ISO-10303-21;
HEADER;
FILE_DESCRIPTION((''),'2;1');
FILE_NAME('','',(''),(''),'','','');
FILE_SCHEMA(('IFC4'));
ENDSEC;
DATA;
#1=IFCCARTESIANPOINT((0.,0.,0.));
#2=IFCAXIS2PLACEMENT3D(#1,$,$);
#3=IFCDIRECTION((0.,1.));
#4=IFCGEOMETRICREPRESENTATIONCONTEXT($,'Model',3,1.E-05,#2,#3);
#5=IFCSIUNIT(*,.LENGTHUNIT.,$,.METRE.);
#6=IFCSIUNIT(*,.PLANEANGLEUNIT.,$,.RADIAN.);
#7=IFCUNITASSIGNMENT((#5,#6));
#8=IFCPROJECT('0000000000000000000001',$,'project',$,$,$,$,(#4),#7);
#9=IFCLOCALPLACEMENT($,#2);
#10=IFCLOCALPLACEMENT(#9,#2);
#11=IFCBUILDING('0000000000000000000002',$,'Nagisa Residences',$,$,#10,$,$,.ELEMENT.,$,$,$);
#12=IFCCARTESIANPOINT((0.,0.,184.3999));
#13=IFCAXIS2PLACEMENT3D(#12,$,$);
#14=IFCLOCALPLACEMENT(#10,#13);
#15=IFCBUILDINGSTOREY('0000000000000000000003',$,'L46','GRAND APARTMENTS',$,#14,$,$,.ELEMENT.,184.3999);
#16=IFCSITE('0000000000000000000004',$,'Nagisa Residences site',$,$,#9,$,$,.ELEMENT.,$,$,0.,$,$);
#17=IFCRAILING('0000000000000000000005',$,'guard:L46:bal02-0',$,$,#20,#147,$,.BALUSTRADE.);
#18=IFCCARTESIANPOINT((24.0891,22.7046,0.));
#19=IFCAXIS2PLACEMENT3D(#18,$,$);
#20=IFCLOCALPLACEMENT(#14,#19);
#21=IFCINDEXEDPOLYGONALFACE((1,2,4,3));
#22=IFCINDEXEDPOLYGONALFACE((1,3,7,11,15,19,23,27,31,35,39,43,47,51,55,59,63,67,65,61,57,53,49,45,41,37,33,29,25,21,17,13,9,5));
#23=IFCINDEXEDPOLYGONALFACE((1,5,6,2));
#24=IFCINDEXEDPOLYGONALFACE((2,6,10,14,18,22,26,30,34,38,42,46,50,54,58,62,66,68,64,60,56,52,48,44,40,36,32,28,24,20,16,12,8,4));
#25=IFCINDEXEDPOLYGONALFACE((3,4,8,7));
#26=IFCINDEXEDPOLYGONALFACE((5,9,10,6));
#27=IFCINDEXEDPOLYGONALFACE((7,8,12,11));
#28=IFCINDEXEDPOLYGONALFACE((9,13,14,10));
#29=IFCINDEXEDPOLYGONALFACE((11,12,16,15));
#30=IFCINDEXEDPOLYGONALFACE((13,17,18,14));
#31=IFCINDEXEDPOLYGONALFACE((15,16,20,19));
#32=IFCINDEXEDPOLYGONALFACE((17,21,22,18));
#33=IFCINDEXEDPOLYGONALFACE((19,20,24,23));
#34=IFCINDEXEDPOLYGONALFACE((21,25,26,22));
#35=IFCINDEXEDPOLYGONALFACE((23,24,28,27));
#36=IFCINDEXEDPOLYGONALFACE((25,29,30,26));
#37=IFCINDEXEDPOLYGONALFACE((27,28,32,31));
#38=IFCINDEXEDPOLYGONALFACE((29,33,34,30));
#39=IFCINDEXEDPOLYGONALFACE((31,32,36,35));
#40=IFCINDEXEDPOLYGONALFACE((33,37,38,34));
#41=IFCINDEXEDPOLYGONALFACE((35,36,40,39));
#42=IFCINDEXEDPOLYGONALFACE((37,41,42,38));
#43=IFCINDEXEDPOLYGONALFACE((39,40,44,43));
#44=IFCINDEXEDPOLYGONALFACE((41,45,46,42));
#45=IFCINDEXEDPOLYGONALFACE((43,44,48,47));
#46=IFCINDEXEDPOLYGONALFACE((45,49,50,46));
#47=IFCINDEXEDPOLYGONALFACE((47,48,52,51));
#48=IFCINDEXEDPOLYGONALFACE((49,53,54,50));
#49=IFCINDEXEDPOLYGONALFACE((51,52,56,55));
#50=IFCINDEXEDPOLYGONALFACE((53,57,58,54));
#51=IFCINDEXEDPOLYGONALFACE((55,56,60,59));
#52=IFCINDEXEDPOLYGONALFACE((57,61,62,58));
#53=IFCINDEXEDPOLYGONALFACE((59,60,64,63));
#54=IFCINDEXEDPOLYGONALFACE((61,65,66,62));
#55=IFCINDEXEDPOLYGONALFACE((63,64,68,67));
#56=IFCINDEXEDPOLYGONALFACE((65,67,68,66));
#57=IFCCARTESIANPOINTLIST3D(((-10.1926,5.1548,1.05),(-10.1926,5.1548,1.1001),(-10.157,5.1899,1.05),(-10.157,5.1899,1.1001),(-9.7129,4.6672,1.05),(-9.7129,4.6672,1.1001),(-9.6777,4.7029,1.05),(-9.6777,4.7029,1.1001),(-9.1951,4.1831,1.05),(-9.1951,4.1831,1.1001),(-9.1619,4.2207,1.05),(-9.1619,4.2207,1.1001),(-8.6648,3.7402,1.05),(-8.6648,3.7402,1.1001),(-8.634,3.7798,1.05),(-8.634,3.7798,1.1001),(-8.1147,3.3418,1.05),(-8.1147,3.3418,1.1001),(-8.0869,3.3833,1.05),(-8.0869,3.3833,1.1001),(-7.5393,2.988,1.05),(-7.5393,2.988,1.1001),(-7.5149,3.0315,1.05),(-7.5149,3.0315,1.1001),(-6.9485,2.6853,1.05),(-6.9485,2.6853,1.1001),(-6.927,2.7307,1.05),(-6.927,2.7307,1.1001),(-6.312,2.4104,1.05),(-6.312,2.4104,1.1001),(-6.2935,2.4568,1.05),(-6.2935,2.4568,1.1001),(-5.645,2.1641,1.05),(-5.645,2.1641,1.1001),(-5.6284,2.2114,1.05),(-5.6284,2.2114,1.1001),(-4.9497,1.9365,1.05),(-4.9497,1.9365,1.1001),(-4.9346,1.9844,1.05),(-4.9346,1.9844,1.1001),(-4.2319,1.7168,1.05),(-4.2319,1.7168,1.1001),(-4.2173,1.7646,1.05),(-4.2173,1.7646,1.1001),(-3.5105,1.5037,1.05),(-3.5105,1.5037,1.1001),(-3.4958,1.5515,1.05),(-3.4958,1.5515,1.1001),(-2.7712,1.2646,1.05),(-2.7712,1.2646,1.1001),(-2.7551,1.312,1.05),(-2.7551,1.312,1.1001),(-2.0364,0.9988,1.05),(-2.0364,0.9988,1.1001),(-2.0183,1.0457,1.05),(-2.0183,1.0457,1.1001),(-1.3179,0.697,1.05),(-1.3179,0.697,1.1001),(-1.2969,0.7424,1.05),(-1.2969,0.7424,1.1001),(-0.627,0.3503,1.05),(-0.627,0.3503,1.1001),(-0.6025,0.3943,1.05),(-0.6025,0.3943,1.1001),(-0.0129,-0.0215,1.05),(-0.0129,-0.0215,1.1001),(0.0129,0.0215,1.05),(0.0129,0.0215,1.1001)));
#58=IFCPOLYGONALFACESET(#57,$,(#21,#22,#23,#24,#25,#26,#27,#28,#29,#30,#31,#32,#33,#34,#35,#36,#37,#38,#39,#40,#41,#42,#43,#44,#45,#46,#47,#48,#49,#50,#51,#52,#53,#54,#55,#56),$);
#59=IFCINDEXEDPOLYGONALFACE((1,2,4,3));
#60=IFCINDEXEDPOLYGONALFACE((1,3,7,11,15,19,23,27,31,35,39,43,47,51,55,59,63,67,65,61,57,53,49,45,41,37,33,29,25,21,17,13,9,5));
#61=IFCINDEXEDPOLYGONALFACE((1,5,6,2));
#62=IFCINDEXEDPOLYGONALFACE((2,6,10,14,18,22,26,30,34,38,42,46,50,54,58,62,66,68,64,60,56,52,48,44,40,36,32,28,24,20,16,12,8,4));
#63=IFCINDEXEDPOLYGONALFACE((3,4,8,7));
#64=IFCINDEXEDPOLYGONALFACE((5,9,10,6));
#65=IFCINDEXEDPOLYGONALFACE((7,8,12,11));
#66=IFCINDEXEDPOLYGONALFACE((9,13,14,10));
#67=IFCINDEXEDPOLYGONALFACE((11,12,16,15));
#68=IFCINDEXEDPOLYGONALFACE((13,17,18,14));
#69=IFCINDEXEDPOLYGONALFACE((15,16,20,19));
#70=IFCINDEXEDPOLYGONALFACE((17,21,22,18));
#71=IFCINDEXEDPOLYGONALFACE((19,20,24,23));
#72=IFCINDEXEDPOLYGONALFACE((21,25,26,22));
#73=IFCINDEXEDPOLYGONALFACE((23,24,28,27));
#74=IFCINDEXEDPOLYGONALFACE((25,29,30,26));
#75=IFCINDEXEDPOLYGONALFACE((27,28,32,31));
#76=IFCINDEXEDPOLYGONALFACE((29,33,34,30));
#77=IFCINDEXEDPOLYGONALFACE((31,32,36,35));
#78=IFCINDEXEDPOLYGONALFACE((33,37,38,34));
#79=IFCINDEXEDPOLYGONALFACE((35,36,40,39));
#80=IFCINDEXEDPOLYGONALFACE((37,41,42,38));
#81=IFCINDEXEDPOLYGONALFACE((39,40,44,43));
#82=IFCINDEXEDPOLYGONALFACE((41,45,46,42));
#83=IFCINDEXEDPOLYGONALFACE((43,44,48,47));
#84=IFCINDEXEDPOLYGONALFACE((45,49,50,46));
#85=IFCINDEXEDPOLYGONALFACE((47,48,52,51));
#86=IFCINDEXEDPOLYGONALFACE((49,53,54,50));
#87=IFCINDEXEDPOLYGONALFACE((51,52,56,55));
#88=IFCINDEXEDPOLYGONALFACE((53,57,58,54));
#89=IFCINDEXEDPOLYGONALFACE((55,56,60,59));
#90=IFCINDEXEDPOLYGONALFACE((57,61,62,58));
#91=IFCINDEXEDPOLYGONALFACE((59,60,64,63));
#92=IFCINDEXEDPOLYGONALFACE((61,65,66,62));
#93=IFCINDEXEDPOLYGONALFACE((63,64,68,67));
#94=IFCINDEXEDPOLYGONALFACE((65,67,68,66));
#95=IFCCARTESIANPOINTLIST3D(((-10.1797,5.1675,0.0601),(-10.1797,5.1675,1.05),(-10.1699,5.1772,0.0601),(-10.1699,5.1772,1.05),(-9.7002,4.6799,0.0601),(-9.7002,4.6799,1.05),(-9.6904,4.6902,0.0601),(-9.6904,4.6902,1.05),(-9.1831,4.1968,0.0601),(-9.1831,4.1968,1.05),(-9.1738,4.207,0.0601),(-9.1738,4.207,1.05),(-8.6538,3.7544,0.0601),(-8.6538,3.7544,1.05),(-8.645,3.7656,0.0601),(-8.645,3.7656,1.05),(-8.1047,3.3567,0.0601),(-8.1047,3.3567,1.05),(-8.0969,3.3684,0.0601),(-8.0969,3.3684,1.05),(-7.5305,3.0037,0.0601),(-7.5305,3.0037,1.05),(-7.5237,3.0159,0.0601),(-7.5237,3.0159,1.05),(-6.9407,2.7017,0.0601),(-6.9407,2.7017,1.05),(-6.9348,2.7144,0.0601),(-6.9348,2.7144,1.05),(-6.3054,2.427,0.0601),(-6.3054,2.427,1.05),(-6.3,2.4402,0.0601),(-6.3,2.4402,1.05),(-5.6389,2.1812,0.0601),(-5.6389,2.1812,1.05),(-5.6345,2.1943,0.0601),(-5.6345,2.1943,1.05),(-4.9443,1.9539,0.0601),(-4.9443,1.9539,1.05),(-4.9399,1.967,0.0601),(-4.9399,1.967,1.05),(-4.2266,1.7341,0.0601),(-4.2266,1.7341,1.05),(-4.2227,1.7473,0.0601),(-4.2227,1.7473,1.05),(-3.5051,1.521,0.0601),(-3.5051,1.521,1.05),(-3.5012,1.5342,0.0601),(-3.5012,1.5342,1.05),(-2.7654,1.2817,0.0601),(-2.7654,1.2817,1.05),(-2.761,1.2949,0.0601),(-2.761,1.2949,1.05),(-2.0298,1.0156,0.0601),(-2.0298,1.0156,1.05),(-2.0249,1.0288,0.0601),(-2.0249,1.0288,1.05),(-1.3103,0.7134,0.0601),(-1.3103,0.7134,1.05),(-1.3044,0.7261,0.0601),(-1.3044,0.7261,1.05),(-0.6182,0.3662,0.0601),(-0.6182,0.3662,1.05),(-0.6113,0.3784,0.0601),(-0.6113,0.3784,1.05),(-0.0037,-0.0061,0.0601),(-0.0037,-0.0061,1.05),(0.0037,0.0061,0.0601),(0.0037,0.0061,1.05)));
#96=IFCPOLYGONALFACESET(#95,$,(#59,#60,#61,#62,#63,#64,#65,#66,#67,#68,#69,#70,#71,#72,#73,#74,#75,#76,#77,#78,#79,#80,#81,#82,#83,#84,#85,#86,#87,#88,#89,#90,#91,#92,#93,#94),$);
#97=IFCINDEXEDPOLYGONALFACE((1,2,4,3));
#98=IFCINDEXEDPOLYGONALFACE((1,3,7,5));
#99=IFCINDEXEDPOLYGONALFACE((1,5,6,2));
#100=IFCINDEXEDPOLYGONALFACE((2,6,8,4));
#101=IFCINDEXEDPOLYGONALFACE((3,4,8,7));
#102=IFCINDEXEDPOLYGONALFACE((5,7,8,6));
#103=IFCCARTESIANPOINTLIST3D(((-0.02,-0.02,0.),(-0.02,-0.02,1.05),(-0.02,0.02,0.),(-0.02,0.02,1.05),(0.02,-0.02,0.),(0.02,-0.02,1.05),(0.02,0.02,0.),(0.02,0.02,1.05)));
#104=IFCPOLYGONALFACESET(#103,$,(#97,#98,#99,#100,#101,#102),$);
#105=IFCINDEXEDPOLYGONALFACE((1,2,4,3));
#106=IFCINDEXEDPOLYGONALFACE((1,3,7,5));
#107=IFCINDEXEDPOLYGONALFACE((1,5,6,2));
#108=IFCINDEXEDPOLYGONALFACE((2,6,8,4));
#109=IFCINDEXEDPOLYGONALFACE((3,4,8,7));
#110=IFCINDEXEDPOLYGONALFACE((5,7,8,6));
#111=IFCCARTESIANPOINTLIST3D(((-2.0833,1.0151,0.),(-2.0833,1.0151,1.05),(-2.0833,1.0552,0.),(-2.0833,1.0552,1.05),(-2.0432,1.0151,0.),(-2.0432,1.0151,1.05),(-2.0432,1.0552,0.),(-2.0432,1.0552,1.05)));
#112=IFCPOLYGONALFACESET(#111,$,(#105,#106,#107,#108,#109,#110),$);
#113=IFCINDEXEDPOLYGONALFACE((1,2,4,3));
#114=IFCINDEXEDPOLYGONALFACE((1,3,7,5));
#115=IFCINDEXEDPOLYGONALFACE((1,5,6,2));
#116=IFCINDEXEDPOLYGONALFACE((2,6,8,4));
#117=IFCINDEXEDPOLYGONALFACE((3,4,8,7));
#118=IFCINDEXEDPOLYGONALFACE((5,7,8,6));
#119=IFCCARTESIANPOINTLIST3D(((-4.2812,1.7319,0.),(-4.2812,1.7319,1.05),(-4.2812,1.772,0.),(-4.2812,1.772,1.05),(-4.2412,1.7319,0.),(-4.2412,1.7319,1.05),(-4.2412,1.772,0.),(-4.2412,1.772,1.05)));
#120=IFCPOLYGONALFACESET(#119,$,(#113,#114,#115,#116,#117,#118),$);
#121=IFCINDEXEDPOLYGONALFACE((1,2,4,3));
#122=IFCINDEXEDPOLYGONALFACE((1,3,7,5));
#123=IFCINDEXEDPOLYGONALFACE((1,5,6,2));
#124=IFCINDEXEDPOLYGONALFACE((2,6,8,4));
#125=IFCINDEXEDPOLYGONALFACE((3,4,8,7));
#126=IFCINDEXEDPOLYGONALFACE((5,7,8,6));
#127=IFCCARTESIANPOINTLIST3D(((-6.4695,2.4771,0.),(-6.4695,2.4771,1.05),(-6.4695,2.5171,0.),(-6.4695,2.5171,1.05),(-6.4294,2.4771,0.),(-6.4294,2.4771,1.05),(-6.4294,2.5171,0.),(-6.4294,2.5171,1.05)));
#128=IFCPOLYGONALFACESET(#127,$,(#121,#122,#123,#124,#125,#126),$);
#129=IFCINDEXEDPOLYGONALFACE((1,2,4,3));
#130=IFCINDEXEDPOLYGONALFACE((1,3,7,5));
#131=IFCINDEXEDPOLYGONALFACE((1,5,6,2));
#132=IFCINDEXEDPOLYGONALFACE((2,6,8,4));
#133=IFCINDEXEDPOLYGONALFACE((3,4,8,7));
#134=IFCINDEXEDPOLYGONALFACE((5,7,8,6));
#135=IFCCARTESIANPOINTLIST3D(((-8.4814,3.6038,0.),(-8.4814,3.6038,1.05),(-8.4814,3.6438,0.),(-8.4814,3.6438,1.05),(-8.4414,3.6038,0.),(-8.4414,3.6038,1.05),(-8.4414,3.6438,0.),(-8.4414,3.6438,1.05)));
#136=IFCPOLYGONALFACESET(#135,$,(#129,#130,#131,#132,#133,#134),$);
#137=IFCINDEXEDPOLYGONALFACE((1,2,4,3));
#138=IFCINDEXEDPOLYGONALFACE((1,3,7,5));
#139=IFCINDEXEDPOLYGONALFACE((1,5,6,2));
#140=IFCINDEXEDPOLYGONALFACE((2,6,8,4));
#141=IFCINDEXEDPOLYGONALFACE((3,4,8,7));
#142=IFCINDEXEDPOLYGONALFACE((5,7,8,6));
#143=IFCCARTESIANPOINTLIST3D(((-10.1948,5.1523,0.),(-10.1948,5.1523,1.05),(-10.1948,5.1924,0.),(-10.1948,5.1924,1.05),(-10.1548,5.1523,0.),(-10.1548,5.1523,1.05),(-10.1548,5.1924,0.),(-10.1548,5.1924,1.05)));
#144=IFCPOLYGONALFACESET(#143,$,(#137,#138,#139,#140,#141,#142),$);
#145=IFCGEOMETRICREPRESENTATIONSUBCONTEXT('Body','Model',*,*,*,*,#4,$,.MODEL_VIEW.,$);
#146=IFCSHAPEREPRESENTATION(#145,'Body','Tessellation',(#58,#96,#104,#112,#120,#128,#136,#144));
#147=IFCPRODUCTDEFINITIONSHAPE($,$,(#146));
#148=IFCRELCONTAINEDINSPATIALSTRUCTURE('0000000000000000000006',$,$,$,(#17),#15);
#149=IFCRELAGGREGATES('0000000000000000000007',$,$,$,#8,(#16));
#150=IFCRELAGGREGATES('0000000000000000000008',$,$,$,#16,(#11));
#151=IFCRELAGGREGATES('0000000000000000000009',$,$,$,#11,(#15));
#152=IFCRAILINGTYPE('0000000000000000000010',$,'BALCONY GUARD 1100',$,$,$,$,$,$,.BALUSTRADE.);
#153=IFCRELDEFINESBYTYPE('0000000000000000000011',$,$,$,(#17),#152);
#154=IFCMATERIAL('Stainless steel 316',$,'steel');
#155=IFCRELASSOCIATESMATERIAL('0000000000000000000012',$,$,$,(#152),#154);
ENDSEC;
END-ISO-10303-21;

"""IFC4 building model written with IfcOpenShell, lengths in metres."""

from ifc_helpers import new_model, si_unit, direction, frame, origin, origin_2d, place, context, subcontext, project, spatial, polyline, rectangle, outline, extrude, material, type_object, element, save


model = new_model("IFC4")

# Units and contexts
model_context = context("Model", 3, precision=1e-05, world=origin(), true_north=direction((0.0, 1.0)))
body_context = subcontext(model_context, "Body", "Model", "MODEL_VIEW")
ifc_project = project(units=[si_unit("LENGTHUNIT", "METRE"), si_unit("PLANEANGLEUNIT", "RADIAN")], contexts=[model_context])

# Site, building, storey
site_placement = place(None, origin())
site = spatial("IfcSite", under=ifc_project, at=site_placement, Name="Nagisa Residences site", CompositionType="ELEMENT", RefElevation=0.0)
building_placement = place(site_placement, origin())
building = spatial("IfcBuilding", under=site, at=building_placement, Name="Nagisa Residences", CompositionType="ELEMENT")
storey_placement = place(building_placement, frame((0.0, 0.0, 184.3999)))
storey = spatial("IfcBuildingStorey", under=building, at=storey_placement, Name="L46", Description="GRAND APARTMENTS", CompositionType="ELEMENT", Elevation=184.3999)

# Railing
ifc_material_1 = material(Name="Stainless steel 316", Category="steel")
railing_type = type_object("IfcRailingType", Name="BALCONY GUARD 1100", PredefinedType="BALUSTRADE", material=ifc_material_1)
railing_1_placement = place(storey_placement, frame((24.0891, 22.7046, 0.0)))
element("IfcRailing", 1, at=railing_1_placement, inside=storey, type_object=railing_type, Name="guard:L46:bal02-0", PredefinedType="BALUSTRADE", context=body_context, shape_type="SweptSolid", body=[
    extrude(outline(polyline([(-0.627, 0.3503), (-0.0129, -0.0215), (0.0129, 0.0215), (-0.6025, 0.3943), (-1.2969, 0.7424), (-2.0183, 1.0457), (-2.7551, 1.312), (-3.4958, 1.5515), (-4.2173, 1.7646), (-4.9346, 1.9844), (-5.6284, 2.2114), (-6.2935, 2.4568), (-6.927, 2.7307), (-7.5149, 3.0315), (-8.0869, 3.3833), (-8.634, 3.7798), (-9.1619, 4.2207), (-9.6777, 4.7029), (-10.157, 5.1899), (-10.1926, 5.1548), (-9.7129, 4.6672), (-9.1951, 4.1831), (-8.6648, 3.7402), (-8.1147, 3.3418), (-7.5393, 2.988), (-6.9485, 2.6853), (-6.312, 2.4104), (-5.645, 2.1641), (-4.9497, 1.9365), (-4.2319, 1.7168), (-3.5105, 1.5037), (-2.7712, 1.2646), (-2.0364, 0.9988), (-1.3179, 0.697), (-0.627, 0.3503)])), frame((0.0, 0.0, 1.05)), (0.0, 0.0, 1.0), 0.05),
    extrude(outline(polyline([(-0.6182, 0.3662), (-0.0037, -0.0061), (0.0037, 0.0061), (-0.6113, 0.3784), (-1.3044, 0.7261), (-2.0249, 1.0288), (-2.761, 1.2949), (-3.5012, 1.5342), (-4.2227, 1.7473), (-4.9399, 1.967), (-5.6345, 2.1943), (-6.3, 2.4402), (-6.9348, 2.7144), (-7.5237, 3.0159), (-8.0969, 3.3684), (-8.645, 3.7656), (-9.1738, 4.207), (-9.6904, 4.6902), (-10.1699, 5.1772), (-10.1797, 5.1675), (-9.7002, 4.6799), (-9.1831, 4.1968), (-8.6538, 3.7544), (-8.1047, 3.3567), (-7.5305, 3.0037), (-6.9407, 2.7017), (-6.3054, 2.427), (-5.6389, 2.1812), (-4.9443, 1.9539), (-4.2266, 1.7341), (-3.5051, 1.521), (-2.7654, 1.2817), (-2.0298, 1.0156), (-1.3103, 0.7134), (-0.6182, 0.3662)])), frame((0.0, 0.0, 0.0601)), (0.0, 0.0, 1.0), 0.99),
    extrude(rectangle(XDim=0.04, YDim=0.04, at=origin_2d()), origin(), (0.0, 0.0, 1.0), 1.05),
    extrude(rectangle(XDim=0.04, YDim=0.04, at=origin_2d()), frame((-2.0632, 1.0352, 0.0)), (0.0, 0.0, 1.0), 1.05),
    extrude(rectangle(XDim=0.04, YDim=0.04, at=origin_2d()), frame((-4.2612, 1.752, 0.0)), (0.0, 0.0, 1.0), 1.05),
    extrude(rectangle(XDim=0.04, YDim=0.04, at=origin_2d()), frame((-6.4495, 2.4971, 0.0)), (0.0, 0.0, 1.0), 1.05),
    extrude(rectangle(XDim=0.04, YDim=0.04, at=origin_2d()), frame((-8.4614, 3.6238, 0.0)), (0.0, 0.0, 1.0), 1.05),
    extrude(rectangle(XDim=0.04, YDim=0.04, at=origin_2d()), frame((-10.1748, 5.1724, 0.0)), (0.0, 0.0, 1.0), 1.05),
])

save(model, "model.ifc")
